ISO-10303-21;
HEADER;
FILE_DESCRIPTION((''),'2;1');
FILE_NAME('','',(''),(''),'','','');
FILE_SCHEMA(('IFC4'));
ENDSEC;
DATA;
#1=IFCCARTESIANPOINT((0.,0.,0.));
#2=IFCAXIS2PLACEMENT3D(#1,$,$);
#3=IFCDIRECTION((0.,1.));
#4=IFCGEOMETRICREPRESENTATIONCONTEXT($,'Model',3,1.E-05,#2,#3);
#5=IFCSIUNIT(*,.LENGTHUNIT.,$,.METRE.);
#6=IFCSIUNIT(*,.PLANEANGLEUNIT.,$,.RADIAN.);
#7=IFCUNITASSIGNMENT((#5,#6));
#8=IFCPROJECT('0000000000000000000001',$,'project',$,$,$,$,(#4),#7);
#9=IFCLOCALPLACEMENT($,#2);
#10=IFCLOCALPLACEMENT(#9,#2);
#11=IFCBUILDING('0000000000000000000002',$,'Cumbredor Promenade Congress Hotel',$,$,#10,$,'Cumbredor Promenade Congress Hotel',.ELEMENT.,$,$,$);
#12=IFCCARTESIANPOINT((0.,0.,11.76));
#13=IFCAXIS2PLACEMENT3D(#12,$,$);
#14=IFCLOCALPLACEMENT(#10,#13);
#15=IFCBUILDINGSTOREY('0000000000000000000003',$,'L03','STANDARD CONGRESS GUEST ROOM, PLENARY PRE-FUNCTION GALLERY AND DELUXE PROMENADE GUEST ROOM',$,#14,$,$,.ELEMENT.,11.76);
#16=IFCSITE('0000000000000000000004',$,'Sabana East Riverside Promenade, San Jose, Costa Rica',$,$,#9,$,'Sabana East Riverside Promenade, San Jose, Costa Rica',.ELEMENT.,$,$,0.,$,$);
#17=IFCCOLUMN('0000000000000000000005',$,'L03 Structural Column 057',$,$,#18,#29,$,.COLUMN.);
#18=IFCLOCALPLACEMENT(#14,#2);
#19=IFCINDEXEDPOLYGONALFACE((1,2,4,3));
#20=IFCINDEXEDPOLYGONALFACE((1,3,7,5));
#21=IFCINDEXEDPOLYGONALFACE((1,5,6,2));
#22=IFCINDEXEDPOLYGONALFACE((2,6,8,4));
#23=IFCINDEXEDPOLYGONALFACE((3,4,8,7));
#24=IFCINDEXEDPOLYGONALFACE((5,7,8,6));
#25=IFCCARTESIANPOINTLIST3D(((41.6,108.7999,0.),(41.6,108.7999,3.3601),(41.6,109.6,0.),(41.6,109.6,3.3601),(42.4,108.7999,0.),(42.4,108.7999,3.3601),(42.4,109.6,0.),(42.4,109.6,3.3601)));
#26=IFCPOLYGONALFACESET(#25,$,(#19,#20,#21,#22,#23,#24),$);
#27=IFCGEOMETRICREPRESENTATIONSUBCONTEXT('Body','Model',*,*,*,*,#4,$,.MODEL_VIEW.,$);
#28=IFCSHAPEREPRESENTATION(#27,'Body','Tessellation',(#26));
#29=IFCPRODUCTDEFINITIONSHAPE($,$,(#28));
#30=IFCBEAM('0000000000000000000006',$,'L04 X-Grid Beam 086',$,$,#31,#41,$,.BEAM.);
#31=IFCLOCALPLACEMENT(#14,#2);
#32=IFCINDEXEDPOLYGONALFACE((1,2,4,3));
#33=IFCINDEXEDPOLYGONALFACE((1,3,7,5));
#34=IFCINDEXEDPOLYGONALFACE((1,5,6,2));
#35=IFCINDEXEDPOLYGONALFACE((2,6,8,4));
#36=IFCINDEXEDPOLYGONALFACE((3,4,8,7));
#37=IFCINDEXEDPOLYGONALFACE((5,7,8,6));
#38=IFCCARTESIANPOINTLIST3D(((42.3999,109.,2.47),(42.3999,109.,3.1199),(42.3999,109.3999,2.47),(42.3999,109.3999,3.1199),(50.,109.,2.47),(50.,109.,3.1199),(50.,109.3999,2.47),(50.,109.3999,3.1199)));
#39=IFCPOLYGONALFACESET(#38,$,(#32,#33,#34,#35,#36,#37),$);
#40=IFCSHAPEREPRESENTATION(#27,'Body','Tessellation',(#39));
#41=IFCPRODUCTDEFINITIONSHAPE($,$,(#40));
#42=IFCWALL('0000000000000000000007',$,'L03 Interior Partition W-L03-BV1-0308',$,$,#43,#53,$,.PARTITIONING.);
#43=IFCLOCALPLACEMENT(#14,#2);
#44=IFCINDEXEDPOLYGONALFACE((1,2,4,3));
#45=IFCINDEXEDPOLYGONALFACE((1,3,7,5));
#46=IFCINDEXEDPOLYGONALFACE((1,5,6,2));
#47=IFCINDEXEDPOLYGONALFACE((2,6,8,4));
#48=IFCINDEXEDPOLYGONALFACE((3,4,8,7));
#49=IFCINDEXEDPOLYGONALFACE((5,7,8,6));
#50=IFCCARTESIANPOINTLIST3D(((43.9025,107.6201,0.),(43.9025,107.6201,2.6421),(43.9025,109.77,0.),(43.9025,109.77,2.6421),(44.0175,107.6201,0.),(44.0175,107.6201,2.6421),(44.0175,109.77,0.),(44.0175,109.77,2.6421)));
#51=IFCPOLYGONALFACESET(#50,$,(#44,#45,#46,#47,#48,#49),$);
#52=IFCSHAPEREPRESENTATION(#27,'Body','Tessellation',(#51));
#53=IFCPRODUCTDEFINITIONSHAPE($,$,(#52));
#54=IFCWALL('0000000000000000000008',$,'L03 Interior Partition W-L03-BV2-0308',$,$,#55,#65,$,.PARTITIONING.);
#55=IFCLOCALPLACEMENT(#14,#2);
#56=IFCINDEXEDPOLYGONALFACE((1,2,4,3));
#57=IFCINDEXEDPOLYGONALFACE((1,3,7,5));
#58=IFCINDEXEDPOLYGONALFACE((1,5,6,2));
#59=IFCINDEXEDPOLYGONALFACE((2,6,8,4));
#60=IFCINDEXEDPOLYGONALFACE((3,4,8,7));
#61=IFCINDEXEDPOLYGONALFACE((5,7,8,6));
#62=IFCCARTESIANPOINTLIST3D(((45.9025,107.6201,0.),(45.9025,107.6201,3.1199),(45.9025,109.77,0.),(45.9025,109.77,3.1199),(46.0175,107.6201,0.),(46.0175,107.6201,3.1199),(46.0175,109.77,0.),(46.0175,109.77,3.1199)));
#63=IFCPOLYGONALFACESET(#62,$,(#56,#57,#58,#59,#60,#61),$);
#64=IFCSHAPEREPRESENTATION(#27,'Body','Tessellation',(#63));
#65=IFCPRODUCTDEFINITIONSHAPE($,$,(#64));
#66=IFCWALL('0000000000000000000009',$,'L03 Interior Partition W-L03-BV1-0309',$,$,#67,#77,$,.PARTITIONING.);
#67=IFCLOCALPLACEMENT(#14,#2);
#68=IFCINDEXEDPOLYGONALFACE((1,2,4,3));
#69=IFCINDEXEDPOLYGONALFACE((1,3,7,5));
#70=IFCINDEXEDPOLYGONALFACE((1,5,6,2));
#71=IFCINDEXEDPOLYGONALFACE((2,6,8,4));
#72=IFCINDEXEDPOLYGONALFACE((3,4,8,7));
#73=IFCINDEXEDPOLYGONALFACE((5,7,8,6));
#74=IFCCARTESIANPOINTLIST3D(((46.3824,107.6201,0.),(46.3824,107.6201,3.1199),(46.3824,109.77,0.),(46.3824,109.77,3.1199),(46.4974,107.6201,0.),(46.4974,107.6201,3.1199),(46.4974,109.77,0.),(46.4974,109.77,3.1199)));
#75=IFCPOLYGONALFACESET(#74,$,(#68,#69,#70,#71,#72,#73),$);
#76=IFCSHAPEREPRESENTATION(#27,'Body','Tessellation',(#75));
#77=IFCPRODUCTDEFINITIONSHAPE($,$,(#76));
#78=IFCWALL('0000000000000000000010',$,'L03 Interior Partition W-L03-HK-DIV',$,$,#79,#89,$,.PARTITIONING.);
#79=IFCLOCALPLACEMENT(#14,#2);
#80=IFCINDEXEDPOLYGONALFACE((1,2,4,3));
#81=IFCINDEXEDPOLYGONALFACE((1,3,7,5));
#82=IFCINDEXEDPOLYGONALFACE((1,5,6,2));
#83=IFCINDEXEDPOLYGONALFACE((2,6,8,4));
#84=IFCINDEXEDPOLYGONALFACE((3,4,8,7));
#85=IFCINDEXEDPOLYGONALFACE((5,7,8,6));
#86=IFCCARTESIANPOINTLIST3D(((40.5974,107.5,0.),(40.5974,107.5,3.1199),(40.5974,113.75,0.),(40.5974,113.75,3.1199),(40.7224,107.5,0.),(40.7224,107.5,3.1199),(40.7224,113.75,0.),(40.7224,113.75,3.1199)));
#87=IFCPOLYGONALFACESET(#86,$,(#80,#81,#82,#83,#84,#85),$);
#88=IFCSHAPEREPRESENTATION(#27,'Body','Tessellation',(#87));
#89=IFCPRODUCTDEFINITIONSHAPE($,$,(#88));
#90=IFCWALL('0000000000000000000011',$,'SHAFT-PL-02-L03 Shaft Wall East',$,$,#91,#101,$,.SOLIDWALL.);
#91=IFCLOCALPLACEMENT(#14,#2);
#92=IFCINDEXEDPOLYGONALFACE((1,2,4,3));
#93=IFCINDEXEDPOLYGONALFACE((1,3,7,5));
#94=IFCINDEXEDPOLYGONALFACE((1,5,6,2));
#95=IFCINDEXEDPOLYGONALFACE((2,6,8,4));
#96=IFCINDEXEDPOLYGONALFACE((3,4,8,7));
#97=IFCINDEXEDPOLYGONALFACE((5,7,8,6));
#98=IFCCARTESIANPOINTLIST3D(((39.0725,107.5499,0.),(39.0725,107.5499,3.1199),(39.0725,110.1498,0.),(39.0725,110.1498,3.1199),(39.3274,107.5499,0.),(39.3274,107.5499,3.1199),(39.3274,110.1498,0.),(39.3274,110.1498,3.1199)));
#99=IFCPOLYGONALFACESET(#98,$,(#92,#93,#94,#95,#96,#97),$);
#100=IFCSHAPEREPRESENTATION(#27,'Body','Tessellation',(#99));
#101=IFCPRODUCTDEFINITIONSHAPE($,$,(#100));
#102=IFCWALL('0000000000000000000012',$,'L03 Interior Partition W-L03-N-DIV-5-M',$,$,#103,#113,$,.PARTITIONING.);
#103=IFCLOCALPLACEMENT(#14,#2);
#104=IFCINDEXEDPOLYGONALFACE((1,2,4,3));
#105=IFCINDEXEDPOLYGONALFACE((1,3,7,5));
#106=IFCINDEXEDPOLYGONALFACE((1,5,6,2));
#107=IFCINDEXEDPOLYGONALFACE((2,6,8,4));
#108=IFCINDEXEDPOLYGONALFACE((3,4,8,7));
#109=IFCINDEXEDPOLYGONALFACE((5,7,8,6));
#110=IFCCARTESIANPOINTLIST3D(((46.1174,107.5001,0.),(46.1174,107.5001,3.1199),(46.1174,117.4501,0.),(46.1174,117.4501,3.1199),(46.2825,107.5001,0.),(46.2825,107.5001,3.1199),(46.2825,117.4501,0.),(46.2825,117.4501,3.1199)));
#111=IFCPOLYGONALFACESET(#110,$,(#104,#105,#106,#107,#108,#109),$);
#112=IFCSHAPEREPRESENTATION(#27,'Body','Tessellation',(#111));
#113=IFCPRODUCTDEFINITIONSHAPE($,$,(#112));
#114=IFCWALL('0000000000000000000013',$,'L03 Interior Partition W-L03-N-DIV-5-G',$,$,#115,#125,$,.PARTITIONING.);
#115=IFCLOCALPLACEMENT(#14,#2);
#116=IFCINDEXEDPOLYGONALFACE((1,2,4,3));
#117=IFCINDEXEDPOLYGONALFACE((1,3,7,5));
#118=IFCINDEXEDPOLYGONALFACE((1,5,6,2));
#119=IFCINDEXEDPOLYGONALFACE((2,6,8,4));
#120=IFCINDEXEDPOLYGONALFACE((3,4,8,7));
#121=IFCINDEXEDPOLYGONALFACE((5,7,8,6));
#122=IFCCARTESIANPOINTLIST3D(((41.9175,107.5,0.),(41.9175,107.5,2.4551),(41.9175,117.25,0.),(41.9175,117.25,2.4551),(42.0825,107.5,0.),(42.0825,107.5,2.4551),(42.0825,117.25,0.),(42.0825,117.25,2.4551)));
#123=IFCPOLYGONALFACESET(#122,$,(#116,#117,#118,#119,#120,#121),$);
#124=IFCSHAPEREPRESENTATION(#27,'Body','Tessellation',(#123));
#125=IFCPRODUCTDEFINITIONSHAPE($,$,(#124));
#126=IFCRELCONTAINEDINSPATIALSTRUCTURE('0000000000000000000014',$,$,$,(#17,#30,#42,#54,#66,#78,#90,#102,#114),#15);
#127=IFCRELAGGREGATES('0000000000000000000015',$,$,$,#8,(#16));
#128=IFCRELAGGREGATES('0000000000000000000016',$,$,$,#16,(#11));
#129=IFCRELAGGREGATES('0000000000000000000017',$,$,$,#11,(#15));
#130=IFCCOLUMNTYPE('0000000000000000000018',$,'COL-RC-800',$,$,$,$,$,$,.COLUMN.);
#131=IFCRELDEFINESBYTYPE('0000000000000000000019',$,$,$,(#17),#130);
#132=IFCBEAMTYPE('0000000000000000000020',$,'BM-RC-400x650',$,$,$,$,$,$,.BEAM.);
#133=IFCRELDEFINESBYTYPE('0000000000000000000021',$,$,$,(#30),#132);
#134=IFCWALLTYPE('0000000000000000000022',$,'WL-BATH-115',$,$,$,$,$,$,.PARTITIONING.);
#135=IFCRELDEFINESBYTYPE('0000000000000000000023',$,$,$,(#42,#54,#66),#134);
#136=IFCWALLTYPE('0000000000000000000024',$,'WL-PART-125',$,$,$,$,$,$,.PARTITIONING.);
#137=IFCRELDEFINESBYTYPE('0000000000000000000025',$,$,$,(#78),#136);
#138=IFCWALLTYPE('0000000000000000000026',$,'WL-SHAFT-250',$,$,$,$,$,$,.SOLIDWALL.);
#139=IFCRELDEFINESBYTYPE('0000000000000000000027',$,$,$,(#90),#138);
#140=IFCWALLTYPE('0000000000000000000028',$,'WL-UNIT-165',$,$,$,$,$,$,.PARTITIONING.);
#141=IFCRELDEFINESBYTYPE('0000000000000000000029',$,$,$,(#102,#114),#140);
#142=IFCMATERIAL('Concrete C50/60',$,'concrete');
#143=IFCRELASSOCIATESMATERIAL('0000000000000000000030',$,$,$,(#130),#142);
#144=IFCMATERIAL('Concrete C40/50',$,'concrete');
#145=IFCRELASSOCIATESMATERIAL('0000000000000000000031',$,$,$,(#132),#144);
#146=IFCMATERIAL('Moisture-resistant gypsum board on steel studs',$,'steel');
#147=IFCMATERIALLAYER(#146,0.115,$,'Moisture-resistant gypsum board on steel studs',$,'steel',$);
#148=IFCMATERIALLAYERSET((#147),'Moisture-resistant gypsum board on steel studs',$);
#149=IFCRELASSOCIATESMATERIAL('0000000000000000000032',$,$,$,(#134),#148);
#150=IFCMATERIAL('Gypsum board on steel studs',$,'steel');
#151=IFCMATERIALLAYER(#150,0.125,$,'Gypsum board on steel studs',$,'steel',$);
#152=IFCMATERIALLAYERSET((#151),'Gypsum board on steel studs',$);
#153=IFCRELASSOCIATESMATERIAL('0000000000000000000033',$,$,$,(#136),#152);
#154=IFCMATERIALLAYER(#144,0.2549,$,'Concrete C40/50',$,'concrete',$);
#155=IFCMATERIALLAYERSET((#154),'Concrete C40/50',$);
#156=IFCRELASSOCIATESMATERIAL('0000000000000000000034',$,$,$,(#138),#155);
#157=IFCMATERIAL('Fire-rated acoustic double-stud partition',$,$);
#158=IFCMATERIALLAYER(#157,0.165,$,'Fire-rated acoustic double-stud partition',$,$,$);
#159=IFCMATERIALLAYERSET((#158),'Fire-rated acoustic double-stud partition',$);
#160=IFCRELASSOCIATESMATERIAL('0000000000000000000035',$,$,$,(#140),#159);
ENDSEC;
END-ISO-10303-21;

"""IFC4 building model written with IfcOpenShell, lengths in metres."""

from ifc_helpers import new_model, si_unit, direction, frame, frame_2d, origin, origin_2d, place, context, subcontext, project, spatial, rectangle, extrude, material, layer, layer_set, material_profile, profile_set, type_object, element, save


model = new_model("IFC4")

# Units and contexts
model_context = context("Model", 3, precision=1e-05, world=origin(), true_north=direction((0.0, 1.0)))
body_context = subcontext(model_context, "Body", "Model", "MODEL_VIEW")
ifc_project = project(units=[si_unit("LENGTHUNIT", "METRE"), si_unit("PLANEANGLEUNIT", "RADIAN")], contexts=[model_context])

# Site, building, storey
site_placement = place(None, origin())
site = spatial("IfcSite", under=ifc_project, at=site_placement, Name="Sabana East Riverside Promenade, San Jose, Costa Rica", LongName="Sabana East Riverside Promenade, San Jose, Costa Rica", CompositionType="ELEMENT", RefElevation=0.0)
building_placement = place(site_placement, origin())
building = spatial("IfcBuilding", under=site, at=building_placement, Name="Cumbredor Promenade Congress Hotel", LongName="Cumbredor Promenade Congress Hotel", CompositionType="ELEMENT")
storey_placement = place(building_placement, frame((0.0, 0.0, 11.76)))
storey = spatial("IfcBuildingStorey", under=building, at=storey_placement, Name="L03", Description="STANDARD CONGRESS GUEST ROOM, PLENARY PRE-FUNCTION GALLERY AND DELUXE PROMENADE GUEST ROOM", CompositionType="ELEMENT", Elevation=11.76)

# Column
ifc_material_1 = material(Name="Concrete C50/60", Category="concrete")
ifc_material_profile_1 = material_profile(ifc_material_1, rectangle(XDim=0.8, YDim=0.8, at=origin_2d()), Name="RC 800x800")
ifc_profile_set_1 = profile_set([ifc_material_profile_1], Name="Concrete C50/60")
column_type = type_object("IfcColumnType", Name="COL-RC-800", PredefinedType="COLUMN", material=ifc_profile_set_1)
column_placement = place(storey_placement, frame((42.0, 109.2, 0.0), z_axis=(0.0, 0.0, 1.0), x_axis=(1.0, 0.0, 0.0)))
element("IfcColumn", 1, at=column_placement, inside=storey, type_object=column_type, Name="L03 Structural Column 057", PredefinedType="COLUMN", context=body_context, shape_type="SweptSolid", body=[
    extrude(rectangle(XDim=0.8, YDim=0.8, at=origin_2d()), origin(), (0.0, 0.0, 1.0), 3.3601),
])

# Beam
ifc_material_2 = material(Name="Concrete C40/50", Category="concrete")
ifc_material_profile_2 = material_profile(ifc_material_2, rectangle(XDim=0.3999, YDim=0.6499, at=origin_2d()), Name="RC BEAM 400x650")
ifc_profile_set_2 = profile_set([ifc_material_profile_2], Name="Concrete C40/50")
beam_type = type_object("IfcBeamType", Name="BM-RC-400x650", PredefinedType="BEAM", material=ifc_profile_set_2)
beam_placement = place(storey_placement, frame((42.3999, 109.2, 2.7949), z_axis=(1.0, 0.0, 0.0), x_axis=(0.0, 1.0, 0.0)))
element("IfcBeam", 2, at=beam_placement, inside=storey, type_object=beam_type, Name="L04 X-Grid Beam 086", PredefinedType="BEAM", context=body_context, shape_type="SweptSolid", body=[
    extrude(rectangle(XDim=0.3999, YDim=0.6499, at=origin_2d()), origin(), (0.0, 0.0, 1.0), 7.6001),
])

# Walls
ifc_material_3 = material(Name="Moisture-resistant gypsum board on steel studs", Category="steel")
ifc_layer_1 = layer(ifc_material_3, 0.115, Name="Moisture-resistant gypsum board on steel studs", Category="steel")
ifc_layer_set_1 = layer_set([ifc_layer_1], Name="Moisture-resistant gypsum board on steel studs")
wall_type_1 = type_object("IfcWallType", Name="WL-BATH-115", PredefinedType="PARTITIONING", material=ifc_layer_set_1)
wall_1_placement = place(storey_placement, frame((43.96, 107.6201, 0.0), z_axis=(0.0, 0.0, 1.0), x_axis=(0.0, 1.0, 0.0)))
element("IfcWall", 3, at=wall_1_placement, inside=storey, type_object=wall_type_1, Name="L03 Interior Partition W-L03-BV1-0308", PredefinedType="PARTITIONING", context=body_context, shape_type="SweptSolid", body=[
    extrude(rectangle(XDim=2.1499, YDim=0.115, at=frame_2d((1.075, 0.0))), origin(), (0.0, 0.0, 1.0), 2.6421),
])
for number, where, z_axis, x_axis, name in (
    (4, (45.96, 107.6201, 0.0), (0.0, 0.0, 1.0), (0.0, 1.0, 0.0), "L03 Interior Partition W-L03-BV2-0308"),
    (5, (46.4399, 107.6201, 0.0), (0.0, 0.0, 1.0), (0.0, 1.0, 0.0), "L03 Interior Partition W-L03-BV1-0309"),
):
    element("IfcWall", number, at=place(storey_placement, frame(where, z_axis=z_axis, x_axis=x_axis)), inside=storey, type_object=wall_type_1, Name=name, PredefinedType="PARTITIONING", context=body_context, shape_type="SweptSolid", body=[
        extrude(rectangle(XDim=2.1499, YDim=0.115, at=frame_2d((1.075, 0.0))), origin(), (0.0, 0.0, 1.0), 3.1199),
    ])

# Walls
ifc_material_4 = material(Name="Gypsum board on steel studs", Category="steel")
ifc_layer_2 = layer(ifc_material_4, 0.125, Name="Gypsum board on steel studs", Category="steel")
ifc_layer_set_2 = layer_set([ifc_layer_2], Name="Gypsum board on steel studs")
wall_type_2 = type_object("IfcWallType", Name="WL-PART-125", PredefinedType="PARTITIONING", material=ifc_layer_set_2)
wall_2_placement = place(storey_placement, frame((40.6599, 107.5, 0.0), z_axis=(0.0, 0.0, 1.0), x_axis=(0.0, 1.0, 0.0)))
element("IfcWall", 6, at=wall_2_placement, inside=storey, type_object=wall_type_2, Name="L03 Interior Partition W-L03-HK-DIV", PredefinedType="PARTITIONING", context=body_context, shape_type="SweptSolid", body=[
    extrude(rectangle(XDim=6.25, YDim=0.125, at=frame_2d((3.125, 0.0))), origin(), (0.0, 0.0, 1.0), 3.1199),
])
ifc_layer_3 = layer(ifc_material_2, 0.2549, Name="Concrete C40/50", Category="concrete")
ifc_layer_set_3 = layer_set([ifc_layer_3], Name="Concrete C40/50")
wall_type_3 = type_object("IfcWallType", Name="WL-SHAFT-250", PredefinedType="SOLIDWALL", material=ifc_layer_set_3)
wall_3_placement = place(storey_placement, frame((39.2, 107.55, 0.0), z_axis=(0.0, 0.0, 1.0), x_axis=(0.0, 1.0, 0.0)))
element("IfcWall", 7, at=wall_3_placement, inside=storey, type_object=wall_type_3, Name="SHAFT-PL-02-L03 Shaft Wall East", PredefinedType="SOLIDWALL", context=body_context, shape_type="SweptSolid", body=[
    extrude(rectangle(XDim=2.5999, YDim=0.2549, at=frame_2d((1.2998, 0.0))), origin(), (0.0, 0.0, 1.0), 3.1199),
])
ifc_material_5 = material(Name="Fire-rated acoustic double-stud partition")
ifc_layer_4 = layer(ifc_material_5, 0.165, Name="Fire-rated acoustic double-stud partition")
ifc_layer_set_4 = layer_set([ifc_layer_4], Name="Fire-rated acoustic double-stud partition")
wall_type_4 = type_object("IfcWallType", Name="WL-UNIT-165", PredefinedType="PARTITIONING", material=ifc_layer_set_4)
wall_4_placement = place(storey_placement, frame((46.2, 107.5, 0.0), z_axis=(0.0, 0.0, 1.0), x_axis=(0.0, 1.0, 0.0)))
element("IfcWall", 8, at=wall_4_placement, inside=storey, type_object=wall_type_4, Name="L03 Interior Partition W-L03-N-DIV-5-M", PredefinedType="PARTITIONING", context=body_context, shape_type="SweptSolid", body=[
    extrude(rectangle(XDim=9.95, YDim=0.165, at=frame_2d((4.9751, 0.0))), origin(), (0.0, 0.0, 1.0), 3.1199),
])
wall_5_placement = place(storey_placement, frame((42.0, 107.5, 0.0), z_axis=(0.0, 0.0, 1.0), x_axis=(0.0, 1.0, 0.0)))
element("IfcWall", 9, at=wall_5_placement, inside=storey, type_object=wall_type_4, Name="L03 Interior Partition W-L03-N-DIV-5-G", PredefinedType="PARTITIONING", context=body_context, shape_type="SweptSolid", body=[
    extrude(rectangle(XDim=9.75, YDim=0.165, at=frame_2d((4.875, 0.0))), origin(), (0.0, 0.0, 1.0), 2.4551),
])

save(model, "model.ifc")
